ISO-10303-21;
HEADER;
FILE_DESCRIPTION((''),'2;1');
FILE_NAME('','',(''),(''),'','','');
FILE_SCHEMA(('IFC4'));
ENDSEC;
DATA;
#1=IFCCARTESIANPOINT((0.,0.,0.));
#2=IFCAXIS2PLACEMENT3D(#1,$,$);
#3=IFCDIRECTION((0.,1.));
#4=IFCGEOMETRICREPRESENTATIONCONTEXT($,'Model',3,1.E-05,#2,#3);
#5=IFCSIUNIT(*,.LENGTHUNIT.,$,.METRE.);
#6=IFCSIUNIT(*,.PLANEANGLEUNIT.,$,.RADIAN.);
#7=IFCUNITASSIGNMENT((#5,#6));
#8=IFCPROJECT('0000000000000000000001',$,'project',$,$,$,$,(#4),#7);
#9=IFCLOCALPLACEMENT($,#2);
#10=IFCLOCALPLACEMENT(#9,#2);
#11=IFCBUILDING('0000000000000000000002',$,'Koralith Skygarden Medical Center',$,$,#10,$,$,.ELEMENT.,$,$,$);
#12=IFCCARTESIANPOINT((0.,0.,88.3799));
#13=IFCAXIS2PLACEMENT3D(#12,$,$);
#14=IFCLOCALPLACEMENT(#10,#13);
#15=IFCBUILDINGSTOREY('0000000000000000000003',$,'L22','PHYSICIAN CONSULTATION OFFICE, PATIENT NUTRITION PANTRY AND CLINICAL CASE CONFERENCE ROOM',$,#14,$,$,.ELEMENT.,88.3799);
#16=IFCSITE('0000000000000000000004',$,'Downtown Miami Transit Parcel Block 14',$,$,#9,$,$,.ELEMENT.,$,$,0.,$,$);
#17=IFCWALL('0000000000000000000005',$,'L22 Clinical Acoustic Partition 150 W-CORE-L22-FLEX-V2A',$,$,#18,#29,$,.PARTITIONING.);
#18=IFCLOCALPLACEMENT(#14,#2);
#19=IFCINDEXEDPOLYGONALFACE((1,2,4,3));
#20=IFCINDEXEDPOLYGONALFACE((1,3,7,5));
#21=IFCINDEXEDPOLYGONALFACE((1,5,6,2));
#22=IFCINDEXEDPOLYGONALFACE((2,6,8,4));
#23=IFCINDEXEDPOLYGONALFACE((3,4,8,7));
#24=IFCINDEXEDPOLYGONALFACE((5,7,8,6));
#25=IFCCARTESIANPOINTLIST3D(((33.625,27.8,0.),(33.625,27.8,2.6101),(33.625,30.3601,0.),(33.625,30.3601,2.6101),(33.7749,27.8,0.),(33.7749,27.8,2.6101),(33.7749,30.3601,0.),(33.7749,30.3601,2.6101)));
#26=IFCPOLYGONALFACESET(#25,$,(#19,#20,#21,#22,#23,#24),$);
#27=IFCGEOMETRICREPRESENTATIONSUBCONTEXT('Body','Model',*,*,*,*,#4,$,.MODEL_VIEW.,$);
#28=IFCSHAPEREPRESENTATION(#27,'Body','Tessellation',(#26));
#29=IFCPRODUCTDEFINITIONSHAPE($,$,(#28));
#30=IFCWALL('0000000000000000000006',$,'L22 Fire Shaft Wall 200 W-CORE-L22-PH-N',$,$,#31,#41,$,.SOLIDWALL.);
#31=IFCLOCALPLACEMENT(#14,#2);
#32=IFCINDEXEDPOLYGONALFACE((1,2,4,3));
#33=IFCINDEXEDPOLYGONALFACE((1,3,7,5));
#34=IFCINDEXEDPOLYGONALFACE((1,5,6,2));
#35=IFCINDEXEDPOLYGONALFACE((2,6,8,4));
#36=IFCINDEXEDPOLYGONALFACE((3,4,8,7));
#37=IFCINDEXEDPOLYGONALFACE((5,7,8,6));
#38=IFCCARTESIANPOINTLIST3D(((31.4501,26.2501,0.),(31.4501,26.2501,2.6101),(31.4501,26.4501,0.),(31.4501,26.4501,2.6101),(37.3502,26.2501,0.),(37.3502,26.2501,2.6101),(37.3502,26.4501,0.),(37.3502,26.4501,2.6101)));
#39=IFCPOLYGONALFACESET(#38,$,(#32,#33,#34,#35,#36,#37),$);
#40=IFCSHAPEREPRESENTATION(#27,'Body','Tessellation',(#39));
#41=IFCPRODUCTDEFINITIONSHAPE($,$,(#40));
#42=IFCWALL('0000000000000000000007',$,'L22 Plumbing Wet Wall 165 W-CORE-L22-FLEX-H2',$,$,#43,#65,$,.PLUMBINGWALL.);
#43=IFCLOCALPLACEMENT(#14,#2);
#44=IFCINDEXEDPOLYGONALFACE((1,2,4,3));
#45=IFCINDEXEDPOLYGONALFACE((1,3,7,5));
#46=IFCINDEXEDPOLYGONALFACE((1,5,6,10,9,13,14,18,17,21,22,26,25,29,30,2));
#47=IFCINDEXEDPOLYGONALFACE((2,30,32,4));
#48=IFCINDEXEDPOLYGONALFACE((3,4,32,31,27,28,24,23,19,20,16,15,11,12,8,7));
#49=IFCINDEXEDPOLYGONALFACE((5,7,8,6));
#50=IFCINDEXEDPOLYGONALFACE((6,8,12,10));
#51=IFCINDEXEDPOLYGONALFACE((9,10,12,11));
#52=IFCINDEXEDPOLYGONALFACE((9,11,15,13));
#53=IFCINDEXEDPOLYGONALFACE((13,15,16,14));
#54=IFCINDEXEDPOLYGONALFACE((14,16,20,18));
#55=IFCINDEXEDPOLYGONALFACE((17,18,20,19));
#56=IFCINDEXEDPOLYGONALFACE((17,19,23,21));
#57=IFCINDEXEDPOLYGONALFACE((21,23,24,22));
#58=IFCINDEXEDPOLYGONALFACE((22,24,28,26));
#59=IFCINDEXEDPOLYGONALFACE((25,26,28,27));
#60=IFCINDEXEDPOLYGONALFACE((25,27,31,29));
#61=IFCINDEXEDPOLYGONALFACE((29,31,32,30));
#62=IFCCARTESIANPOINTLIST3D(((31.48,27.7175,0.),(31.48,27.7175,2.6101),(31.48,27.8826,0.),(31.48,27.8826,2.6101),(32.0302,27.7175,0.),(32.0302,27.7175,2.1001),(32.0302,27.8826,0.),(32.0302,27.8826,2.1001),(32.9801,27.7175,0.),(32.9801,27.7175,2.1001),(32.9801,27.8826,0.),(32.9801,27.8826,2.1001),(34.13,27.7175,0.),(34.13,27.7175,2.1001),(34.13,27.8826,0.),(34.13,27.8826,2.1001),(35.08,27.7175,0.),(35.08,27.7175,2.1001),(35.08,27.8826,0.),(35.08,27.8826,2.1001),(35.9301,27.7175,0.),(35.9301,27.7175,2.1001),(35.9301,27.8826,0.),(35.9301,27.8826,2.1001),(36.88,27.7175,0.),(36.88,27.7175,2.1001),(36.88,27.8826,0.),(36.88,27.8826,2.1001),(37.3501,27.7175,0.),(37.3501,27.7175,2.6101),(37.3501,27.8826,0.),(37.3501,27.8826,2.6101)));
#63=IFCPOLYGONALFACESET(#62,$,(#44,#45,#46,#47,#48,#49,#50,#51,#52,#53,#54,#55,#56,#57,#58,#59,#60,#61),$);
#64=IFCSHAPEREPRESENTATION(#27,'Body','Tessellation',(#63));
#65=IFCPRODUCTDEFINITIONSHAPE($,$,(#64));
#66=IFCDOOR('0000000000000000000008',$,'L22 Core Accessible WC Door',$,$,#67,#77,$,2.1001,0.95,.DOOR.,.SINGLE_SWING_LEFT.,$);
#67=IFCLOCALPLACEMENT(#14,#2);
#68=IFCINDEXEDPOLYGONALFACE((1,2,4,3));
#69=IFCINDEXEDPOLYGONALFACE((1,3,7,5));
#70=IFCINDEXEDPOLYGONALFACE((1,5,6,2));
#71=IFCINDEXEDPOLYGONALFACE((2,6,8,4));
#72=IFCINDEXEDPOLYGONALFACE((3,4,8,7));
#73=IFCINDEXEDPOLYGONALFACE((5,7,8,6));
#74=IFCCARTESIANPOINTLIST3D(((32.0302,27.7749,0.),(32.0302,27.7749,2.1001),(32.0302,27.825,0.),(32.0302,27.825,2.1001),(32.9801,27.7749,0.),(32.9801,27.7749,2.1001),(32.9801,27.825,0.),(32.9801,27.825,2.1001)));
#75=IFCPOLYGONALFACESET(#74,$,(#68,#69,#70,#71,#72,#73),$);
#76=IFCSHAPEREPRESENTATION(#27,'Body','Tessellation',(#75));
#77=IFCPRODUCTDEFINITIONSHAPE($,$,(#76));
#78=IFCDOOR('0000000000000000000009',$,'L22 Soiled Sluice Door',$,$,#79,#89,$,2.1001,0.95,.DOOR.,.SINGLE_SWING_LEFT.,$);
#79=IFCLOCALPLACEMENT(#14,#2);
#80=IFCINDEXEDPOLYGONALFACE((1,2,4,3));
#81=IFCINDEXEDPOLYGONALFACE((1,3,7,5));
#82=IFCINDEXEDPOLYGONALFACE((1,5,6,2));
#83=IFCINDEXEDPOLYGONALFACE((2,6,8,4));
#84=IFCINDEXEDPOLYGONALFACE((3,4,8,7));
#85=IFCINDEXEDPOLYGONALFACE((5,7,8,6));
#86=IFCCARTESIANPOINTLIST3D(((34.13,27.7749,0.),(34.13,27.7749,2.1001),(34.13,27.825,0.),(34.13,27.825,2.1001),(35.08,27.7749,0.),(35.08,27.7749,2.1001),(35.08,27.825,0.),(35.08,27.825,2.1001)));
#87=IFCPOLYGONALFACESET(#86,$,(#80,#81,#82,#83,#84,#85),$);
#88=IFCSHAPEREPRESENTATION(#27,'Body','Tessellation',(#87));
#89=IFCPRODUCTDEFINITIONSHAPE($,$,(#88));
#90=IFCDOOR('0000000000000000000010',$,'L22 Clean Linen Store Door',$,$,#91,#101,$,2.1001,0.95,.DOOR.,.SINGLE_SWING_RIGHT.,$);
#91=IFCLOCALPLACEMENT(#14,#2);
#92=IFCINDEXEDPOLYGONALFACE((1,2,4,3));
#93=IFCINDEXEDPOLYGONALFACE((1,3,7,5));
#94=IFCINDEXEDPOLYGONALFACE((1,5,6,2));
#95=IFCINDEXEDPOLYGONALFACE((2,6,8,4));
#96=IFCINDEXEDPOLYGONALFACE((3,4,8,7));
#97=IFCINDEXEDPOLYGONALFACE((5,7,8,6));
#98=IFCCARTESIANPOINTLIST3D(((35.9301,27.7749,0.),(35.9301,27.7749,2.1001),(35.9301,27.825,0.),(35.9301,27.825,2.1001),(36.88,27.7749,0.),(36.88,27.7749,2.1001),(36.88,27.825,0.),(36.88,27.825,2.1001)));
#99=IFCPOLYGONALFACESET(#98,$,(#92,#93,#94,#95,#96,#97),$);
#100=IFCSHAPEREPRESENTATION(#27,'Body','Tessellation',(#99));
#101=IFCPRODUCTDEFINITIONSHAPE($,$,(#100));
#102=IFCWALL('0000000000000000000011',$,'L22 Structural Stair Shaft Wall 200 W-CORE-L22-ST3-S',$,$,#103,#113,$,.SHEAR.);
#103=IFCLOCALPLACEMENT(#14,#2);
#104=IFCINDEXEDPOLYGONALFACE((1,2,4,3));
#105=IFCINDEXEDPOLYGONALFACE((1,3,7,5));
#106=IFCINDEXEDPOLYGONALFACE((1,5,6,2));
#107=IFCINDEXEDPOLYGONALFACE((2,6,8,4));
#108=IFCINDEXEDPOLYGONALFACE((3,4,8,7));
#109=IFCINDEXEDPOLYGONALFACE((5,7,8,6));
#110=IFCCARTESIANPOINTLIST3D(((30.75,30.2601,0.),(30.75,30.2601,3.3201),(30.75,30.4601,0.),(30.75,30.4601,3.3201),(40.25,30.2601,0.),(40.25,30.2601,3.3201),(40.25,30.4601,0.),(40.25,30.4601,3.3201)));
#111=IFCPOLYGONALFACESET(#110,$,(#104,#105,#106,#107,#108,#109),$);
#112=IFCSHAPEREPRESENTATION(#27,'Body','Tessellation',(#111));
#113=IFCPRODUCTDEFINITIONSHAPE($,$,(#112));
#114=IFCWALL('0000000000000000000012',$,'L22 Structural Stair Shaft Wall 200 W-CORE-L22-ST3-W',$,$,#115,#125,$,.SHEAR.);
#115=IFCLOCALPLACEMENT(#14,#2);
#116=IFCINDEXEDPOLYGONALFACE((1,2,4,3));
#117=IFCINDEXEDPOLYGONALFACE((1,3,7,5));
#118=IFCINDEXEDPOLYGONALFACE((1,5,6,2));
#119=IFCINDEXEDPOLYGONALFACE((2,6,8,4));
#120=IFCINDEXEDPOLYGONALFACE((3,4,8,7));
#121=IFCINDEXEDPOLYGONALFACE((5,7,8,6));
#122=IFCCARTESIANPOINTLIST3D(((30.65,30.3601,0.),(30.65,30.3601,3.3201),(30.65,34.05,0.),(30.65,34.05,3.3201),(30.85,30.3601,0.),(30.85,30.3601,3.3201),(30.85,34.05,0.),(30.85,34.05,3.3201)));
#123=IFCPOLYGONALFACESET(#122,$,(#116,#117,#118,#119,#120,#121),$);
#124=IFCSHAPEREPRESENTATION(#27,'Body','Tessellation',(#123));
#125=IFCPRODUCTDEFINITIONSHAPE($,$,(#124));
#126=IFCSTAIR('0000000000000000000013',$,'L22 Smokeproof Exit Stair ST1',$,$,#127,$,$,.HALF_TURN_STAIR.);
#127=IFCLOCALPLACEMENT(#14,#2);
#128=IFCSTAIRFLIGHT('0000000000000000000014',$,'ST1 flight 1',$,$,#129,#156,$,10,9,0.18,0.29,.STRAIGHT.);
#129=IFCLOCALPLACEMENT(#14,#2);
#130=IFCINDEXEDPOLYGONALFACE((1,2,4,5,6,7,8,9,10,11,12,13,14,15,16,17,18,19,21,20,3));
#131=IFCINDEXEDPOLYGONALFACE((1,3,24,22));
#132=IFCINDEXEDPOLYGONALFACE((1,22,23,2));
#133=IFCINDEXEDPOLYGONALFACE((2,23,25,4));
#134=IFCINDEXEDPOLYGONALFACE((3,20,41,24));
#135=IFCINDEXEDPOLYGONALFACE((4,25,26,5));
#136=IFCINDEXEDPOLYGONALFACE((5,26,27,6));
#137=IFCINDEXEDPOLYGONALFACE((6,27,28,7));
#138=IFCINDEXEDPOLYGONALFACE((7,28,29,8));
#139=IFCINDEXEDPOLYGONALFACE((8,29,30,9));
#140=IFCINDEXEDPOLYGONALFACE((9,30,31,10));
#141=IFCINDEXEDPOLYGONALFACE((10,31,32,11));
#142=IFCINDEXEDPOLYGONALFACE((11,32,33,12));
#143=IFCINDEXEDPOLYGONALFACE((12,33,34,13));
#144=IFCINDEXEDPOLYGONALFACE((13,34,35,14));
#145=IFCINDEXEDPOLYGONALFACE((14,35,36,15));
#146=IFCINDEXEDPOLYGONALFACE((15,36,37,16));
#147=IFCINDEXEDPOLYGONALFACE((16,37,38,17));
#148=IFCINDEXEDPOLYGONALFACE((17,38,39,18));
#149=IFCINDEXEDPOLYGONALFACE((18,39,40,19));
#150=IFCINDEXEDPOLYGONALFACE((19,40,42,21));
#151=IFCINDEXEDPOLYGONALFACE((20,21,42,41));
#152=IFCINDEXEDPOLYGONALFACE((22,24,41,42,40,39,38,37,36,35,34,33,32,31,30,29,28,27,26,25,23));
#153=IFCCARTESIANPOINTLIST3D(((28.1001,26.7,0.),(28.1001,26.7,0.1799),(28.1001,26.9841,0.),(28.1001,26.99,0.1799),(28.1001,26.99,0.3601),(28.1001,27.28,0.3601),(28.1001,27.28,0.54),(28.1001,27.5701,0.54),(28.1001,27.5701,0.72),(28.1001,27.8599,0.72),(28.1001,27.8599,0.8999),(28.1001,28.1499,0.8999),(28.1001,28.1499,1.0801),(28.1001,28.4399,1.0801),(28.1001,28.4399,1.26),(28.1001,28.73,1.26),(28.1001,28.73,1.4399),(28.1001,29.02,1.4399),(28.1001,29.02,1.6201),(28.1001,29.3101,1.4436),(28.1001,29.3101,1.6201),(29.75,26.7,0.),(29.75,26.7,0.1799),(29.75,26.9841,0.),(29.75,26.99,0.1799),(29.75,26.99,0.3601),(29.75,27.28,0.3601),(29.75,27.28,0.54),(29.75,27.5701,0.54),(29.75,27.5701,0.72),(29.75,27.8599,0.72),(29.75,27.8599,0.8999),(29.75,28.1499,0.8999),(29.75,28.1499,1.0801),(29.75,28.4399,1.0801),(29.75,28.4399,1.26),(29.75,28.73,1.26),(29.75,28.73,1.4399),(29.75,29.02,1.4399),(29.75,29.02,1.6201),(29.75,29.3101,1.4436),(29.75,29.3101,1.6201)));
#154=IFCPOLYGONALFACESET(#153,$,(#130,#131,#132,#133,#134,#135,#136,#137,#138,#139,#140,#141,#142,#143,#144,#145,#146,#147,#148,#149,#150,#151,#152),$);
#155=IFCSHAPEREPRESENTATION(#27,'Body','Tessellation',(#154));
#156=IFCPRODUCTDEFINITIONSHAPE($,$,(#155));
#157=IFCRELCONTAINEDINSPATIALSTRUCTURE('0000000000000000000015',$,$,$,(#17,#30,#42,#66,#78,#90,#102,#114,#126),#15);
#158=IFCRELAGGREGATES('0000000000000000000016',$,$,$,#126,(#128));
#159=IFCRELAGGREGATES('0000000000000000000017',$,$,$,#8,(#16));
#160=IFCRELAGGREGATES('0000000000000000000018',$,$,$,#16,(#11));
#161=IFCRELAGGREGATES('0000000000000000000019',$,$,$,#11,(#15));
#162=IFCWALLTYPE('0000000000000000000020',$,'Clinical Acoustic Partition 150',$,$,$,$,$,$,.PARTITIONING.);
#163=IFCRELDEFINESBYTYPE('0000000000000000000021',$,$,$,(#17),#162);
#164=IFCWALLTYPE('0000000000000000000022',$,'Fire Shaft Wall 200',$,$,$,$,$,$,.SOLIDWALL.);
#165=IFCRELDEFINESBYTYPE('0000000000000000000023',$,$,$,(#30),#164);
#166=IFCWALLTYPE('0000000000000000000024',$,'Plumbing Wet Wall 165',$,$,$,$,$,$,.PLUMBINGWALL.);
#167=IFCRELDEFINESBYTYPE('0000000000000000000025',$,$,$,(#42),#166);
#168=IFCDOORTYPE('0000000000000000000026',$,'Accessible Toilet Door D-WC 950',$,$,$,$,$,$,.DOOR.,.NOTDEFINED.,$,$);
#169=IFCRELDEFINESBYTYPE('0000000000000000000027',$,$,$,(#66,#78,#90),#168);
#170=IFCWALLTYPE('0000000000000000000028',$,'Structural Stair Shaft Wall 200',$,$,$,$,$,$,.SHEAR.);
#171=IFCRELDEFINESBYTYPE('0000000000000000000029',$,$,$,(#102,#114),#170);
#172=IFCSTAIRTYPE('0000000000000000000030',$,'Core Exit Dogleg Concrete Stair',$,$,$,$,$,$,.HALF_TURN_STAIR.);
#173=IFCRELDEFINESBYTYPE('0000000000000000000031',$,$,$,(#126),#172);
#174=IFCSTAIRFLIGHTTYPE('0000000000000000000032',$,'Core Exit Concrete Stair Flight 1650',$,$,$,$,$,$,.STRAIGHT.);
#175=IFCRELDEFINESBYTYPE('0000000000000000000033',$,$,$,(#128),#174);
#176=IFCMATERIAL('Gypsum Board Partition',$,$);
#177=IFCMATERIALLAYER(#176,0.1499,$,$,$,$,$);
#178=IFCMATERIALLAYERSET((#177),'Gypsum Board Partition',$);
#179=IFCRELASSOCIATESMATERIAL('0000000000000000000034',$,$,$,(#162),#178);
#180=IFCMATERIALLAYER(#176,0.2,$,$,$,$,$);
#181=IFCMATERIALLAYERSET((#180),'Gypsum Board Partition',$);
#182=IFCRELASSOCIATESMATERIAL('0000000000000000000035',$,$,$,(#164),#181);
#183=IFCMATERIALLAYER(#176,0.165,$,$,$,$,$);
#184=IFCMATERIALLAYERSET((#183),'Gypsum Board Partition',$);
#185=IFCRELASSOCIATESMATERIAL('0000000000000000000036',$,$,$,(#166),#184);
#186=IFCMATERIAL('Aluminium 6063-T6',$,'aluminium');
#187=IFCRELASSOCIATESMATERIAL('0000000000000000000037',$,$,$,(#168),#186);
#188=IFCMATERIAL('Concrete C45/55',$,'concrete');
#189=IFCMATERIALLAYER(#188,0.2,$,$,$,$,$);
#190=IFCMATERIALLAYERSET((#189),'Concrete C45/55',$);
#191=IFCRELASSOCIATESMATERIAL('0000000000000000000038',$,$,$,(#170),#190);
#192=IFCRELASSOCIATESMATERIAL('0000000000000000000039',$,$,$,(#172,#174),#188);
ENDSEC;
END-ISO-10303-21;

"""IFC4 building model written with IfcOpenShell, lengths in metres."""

from ifc_helpers import new_model, si_unit, direction, frame, frame_2d, origin, place, context, subcontext, project, spatial, polyline, rectangle, outline, extrude, material, layer, layer_set, type_object, element, fill, aggregate, save


model = new_model("IFC4")

# Units and contexts
model_context = context("Model", 3, precision=1e-05, world=origin(), true_north=direction((0.0, 1.0)))
body_context = subcontext(model_context, "Body", "Model", "MODEL_VIEW")
ifc_project = project(units=[si_unit("LENGTHUNIT", "METRE"), si_unit("PLANEANGLEUNIT", "RADIAN")], contexts=[model_context])

# Site, building, storey
site_placement = place(None, origin())
site = spatial("IfcSite", under=ifc_project, at=site_placement, Name="Downtown Miami Transit Parcel Block 14", CompositionType="ELEMENT", RefElevation=0.0)
building_placement = place(site_placement, origin())
building = spatial("IfcBuilding", under=site, at=building_placement, Name="Koralith Skygarden Medical Center", CompositionType="ELEMENT")
storey_placement = place(building_placement, frame((0.0, 0.0, 88.3799)))
storey = spatial("IfcBuildingStorey", under=building, at=storey_placement, Name="L22", Description="PHYSICIAN CONSULTATION OFFICE, PATIENT NUTRITION PANTRY AND CLINICAL CASE CONFERENCE ROOM", CompositionType="ELEMENT", Elevation=88.3799)

# Walls
ifc_material_1 = material(Name="Gypsum Board Partition")
ifc_layer_1 = layer(ifc_material_1, 0.1499)
ifc_layer_set_1 = layer_set([ifc_layer_1], Name="Gypsum Board Partition")
wall_type_1 = type_object("IfcWallType", Name="Clinical Acoustic Partition 150", PredefinedType="PARTITIONING", material=ifc_layer_set_1)
wall_1_placement = place(storey_placement, frame((33.7, 27.8, 0.0), z_axis=(0.0, 0.0, 1.0), x_axis=(0.0, 1.0, 0.0)))
element("IfcWall", 1, at=wall_1_placement, inside=storey, type_object=wall_type_1, Name="L22 Clinical Acoustic Partition 150 W-CORE-L22-FLEX-V2A", PredefinedType="PARTITIONING", context=body_context, shape_type="SweptSolid", body=[
    extrude(rectangle(XDim=2.5601, YDim=0.1499, at=frame_2d((1.28, 0.0))), origin(), (0.0, 0.0, 1.0), 2.6101),
])
ifc_layer_2 = layer(ifc_material_1, 0.2)
ifc_layer_set_2 = layer_set([ifc_layer_2], Name="Gypsum Board Partition")
wall_type_2 = type_object("IfcWallType", Name="Fire Shaft Wall 200", PredefinedType="SOLIDWALL", material=ifc_layer_set_2)
wall_2_placement = place(storey_placement, frame((31.45, 26.3501, 0.0), z_axis=(0.0, 0.0, 1.0), x_axis=(1.0, 0.0, 0.0)))
element("IfcWall", 2, at=wall_2_placement, inside=storey, type_object=wall_type_2, Name="L22 Fire Shaft Wall 200 W-CORE-L22-PH-N", PredefinedType="SOLIDWALL", context=body_context, shape_type="SweptSolid", body=[
    extrude(rectangle(XDim=5.9001, YDim=0.2, at=frame_2d((2.9502, 0.0))), origin(), (0.0, 0.0, 1.0), 2.6101),
])

# Shared definitions
ifc_layer_3 = layer(ifc_material_1, 0.165)
ifc_layer_set_3 = layer_set([ifc_layer_3], Name="Gypsum Board Partition")
wall_type_3 = type_object("IfcWallType", Name="Plumbing Wet Wall 165", PredefinedType="PLUMBINGWALL", material=ifc_layer_set_3)
ifc_material_2 = material(Name="Aluminium 6063-T6", Category="aluminium")

# Wall, openings, doors
wall_3_placement = place(storey_placement, frame((31.48, 27.8, 0.0), z_axis=(0.0, 0.0, 1.0), x_axis=(1.0, 0.0, 0.0)))
wall_3 = element("IfcWall", 3, at=wall_3_placement, inside=storey, type_object=wall_type_3, Name="L22 Plumbing Wet Wall 165 W-CORE-L22-FLEX-H2", PredefinedType="PLUMBINGWALL", context=body_context, shape_type="SweptSolid", body=[
    extrude(rectangle(XDim=5.8701, YDim=0.165, at=frame_2d((2.9351, 0.0))), origin(), (0.0, 0.0, 1.0), 2.6101),
])
opening_1_placement = place(wall_3_placement, frame((0.55, 0.0, 0.0)))
opening_1 = element("IfcOpeningElement", 4, at=opening_1_placement, cuts=wall_3, PredefinedType="OPENING", context=body_context, shape_type="SweptSolid", body=[
    extrude(rectangle(XDim=0.95, YDim=2.1001, at=frame_2d((0.4751, 1.05))), frame((0.0, 0.0925, 0.0), z_axis=(0.0, -1.0, 0.0), x_axis=(1.0, 0.0, 0.0)), (0.0, 0.0, 1.0), 0.1851),
])
opening_2_placement = place(wall_3_placement, frame((2.6499, 0.0, 0.0)))
opening_2 = element("IfcOpeningElement", 5, at=opening_2_placement, cuts=wall_3, PredefinedType="OPENING", context=body_context, shape_type="SweptSolid", body=[
    extrude(rectangle(XDim=0.95, YDim=2.1001, at=frame_2d((0.4751, 1.05))), frame((0.0, 0.0925, 0.0), z_axis=(0.0, -1.0, 0.0), x_axis=(1.0, 0.0, 0.0)), (0.0, 0.0, 1.0), 0.1851),
])
opening_3_placement = place(wall_3_placement, frame((4.45, 0.0, 0.0)))
opening_3 = element("IfcOpeningElement", 6, at=opening_3_placement, cuts=wall_3, PredefinedType="OPENING", context=body_context, shape_type="SweptSolid", body=[
    extrude(rectangle(XDim=0.95, YDim=2.1001, at=frame_2d((0.4751, 1.05))), frame((0.0, 0.0925, 0.0), z_axis=(0.0, -1.0, 0.0), x_axis=(1.0, 0.0, 0.0)), (0.0, 0.0, 1.0), 0.1851),
])
door_type_1 = type_object("IfcDoorType", Name="Accessible Toilet Door D-WC 950", OperationType="NOTDEFINED", PredefinedType="DOOR", material=ifc_material_2)
door_1_placement = place(opening_1_placement, origin())
door_1 = element("IfcDoor", 7, at=door_1_placement, inside=storey, type_object=door_type_1, Name="L22 Core Accessible WC Door", OperationType="SINGLE_SWING_LEFT", OverallHeight=2.1001, OverallWidth=0.95, PredefinedType="DOOR", context=body_context, shape_type="SweptSolid", body=[
    extrude(rectangle(XDim=0.95, YDim=2.1001, at=frame_2d((0.4751, 1.05))), frame((0.0, 0.0249, 0.0), z_axis=(0.0, -1.0, 0.0), x_axis=(1.0, 0.0, 0.0)), (0.0, 0.0, 1.0), 0.05),
])
fill(opening_1, door_1)
door_2_placement = place(opening_2_placement, origin())
door_2 = element("IfcDoor", 8, at=door_2_placement, inside=storey, type_object=door_type_1, Name="L22 Soiled Sluice Door", OperationType="SINGLE_SWING_LEFT", OverallHeight=2.1001, OverallWidth=0.95, PredefinedType="DOOR", context=body_context, shape_type="SweptSolid", body=[
    extrude(rectangle(XDim=0.95, YDim=2.1001, at=frame_2d((0.4751, 1.05))), frame((0.0, 0.0249, 0.0), z_axis=(0.0, -1.0, 0.0), x_axis=(1.0, 0.0, 0.0)), (0.0, 0.0, 1.0), 0.05),
])
fill(opening_2, door_2)
door_3_placement = place(opening_3_placement, origin())
door_3 = element("IfcDoor", 9, at=door_3_placement, inside=storey, type_object=door_type_1, Name="L22 Clean Linen Store Door", OperationType="SINGLE_SWING_RIGHT", OverallHeight=2.1001, OverallWidth=0.95, PredefinedType="DOOR", context=body_context, shape_type="SweptSolid", body=[
    extrude(rectangle(XDim=0.95, YDim=2.1001, at=frame_2d((0.4751, 1.05))), frame((0.0, 0.0249, 0.0), z_axis=(0.0, -1.0, 0.0), x_axis=(1.0, 0.0, 0.0)), (0.0, 0.0, 1.0), 0.05),
])
fill(opening_3, door_3)

# Walls
ifc_material_3 = material(Name="Concrete C45/55", Category="concrete")
ifc_layer_4 = layer(ifc_material_3, 0.2)
ifc_layer_set_4 = layer_set([ifc_layer_4], Name="Concrete C45/55")
wall_type_4 = type_object("IfcWallType", Name="Structural Stair Shaft Wall 200", PredefinedType="SHEAR", material=ifc_layer_set_4)
wall_4_placement = place(storey_placement, frame((30.75, 30.3601, 0.0), z_axis=(0.0, 0.0, 1.0), x_axis=(1.0, 0.0, 0.0)))
element("IfcWall", 10, at=wall_4_placement, inside=storey, type_object=wall_type_4, Name="L22 Structural Stair Shaft Wall 200 W-CORE-L22-ST3-S", PredefinedType="SHEAR", context=body_context, shape_type="SweptSolid", body=[
    extrude(rectangle(XDim=9.5, YDim=0.2, at=frame_2d((4.75, 0.0))), origin(), (0.0, 0.0, 1.0), 3.3201),
])
wall_5_placement = place(storey_placement, frame((30.75, 30.3601, 0.0), z_axis=(0.0, 0.0, 1.0), x_axis=(0.0, 1.0, 0.0)))
element("IfcWall", 11, at=wall_5_placement, inside=storey, type_object=wall_type_4, Name="L22 Structural Stair Shaft Wall 200 W-CORE-L22-ST3-W", PredefinedType="SHEAR", context=body_context, shape_type="SweptSolid", body=[
    extrude(rectangle(XDim=3.6899, YDim=0.2, at=frame_2d((1.845, 0.0))), origin(), (0.0, 0.0, 1.0), 3.3201),
])

# Stair, stair flight
stair_type = type_object("IfcStairType", Name="Core Exit Dogleg Concrete Stair", PredefinedType="HALF_TURN_STAIR", material=ifc_material_3)
stair_1_placement = place(storey_placement, origin())
stair_1 = element("IfcStair", 12, at=stair_1_placement, inside=storey, type_object=stair_type, Name="L22 Smokeproof Exit Stair ST1", PredefinedType="HALF_TURN_STAIR")
stair_flight_type = type_object("IfcStairFlightType", Name="Core Exit Concrete Stair Flight 1650", PredefinedType="STRAIGHT", material=ifc_material_3)
stair_flight_1_placement = place(storey_placement, frame((28.925, 26.7, 0.0), z_axis=(0.0, 0.0, 1.0), x_axis=(0.0, 1.0, 0.0)))
stair_flight_1 = element("IfcStairFlight", 13, at=stair_flight_1_placement, type_object=stair_flight_type, Name="ST1 flight 1", NumberOfRisers=10, NumberOfTreads=9, PredefinedType="STRAIGHT", RiserHeight=0.18, TreadLength=0.29, context=body_context, shape_type="SweptSolid", body=[
    extrude(outline(polyline([(0.0, 0.0), (0.0, 0.1799), (0.29, 0.1799), (0.29, 0.3601), (0.5801, 0.3601), (0.5801, 0.54), (0.8701, 0.54), (0.8701, 0.72), (1.1599, 0.72), (1.1599, 0.8999), (1.45, 0.8999), (1.45, 1.0801), (1.74, 1.0801), (1.74, 1.26), (2.03, 1.26), (2.03, 1.4399), (2.3201, 1.4399), (2.3201, 1.6201), (2.6101, 1.6201), (2.6101, 1.8), (2.6101, 1.4436), (0.2842, 0.0), (0.0, 0.0)])), frame((0.0, 0.825, 0.0), z_axis=(0.0, -1.0, 0.0), x_axis=(1.0, 0.0, 0.0)), (0.0, 0.0, 1.0), 1.6499),
])
aggregate(stair_1, [stair_flight_1])

save(model, "model.ifc")
